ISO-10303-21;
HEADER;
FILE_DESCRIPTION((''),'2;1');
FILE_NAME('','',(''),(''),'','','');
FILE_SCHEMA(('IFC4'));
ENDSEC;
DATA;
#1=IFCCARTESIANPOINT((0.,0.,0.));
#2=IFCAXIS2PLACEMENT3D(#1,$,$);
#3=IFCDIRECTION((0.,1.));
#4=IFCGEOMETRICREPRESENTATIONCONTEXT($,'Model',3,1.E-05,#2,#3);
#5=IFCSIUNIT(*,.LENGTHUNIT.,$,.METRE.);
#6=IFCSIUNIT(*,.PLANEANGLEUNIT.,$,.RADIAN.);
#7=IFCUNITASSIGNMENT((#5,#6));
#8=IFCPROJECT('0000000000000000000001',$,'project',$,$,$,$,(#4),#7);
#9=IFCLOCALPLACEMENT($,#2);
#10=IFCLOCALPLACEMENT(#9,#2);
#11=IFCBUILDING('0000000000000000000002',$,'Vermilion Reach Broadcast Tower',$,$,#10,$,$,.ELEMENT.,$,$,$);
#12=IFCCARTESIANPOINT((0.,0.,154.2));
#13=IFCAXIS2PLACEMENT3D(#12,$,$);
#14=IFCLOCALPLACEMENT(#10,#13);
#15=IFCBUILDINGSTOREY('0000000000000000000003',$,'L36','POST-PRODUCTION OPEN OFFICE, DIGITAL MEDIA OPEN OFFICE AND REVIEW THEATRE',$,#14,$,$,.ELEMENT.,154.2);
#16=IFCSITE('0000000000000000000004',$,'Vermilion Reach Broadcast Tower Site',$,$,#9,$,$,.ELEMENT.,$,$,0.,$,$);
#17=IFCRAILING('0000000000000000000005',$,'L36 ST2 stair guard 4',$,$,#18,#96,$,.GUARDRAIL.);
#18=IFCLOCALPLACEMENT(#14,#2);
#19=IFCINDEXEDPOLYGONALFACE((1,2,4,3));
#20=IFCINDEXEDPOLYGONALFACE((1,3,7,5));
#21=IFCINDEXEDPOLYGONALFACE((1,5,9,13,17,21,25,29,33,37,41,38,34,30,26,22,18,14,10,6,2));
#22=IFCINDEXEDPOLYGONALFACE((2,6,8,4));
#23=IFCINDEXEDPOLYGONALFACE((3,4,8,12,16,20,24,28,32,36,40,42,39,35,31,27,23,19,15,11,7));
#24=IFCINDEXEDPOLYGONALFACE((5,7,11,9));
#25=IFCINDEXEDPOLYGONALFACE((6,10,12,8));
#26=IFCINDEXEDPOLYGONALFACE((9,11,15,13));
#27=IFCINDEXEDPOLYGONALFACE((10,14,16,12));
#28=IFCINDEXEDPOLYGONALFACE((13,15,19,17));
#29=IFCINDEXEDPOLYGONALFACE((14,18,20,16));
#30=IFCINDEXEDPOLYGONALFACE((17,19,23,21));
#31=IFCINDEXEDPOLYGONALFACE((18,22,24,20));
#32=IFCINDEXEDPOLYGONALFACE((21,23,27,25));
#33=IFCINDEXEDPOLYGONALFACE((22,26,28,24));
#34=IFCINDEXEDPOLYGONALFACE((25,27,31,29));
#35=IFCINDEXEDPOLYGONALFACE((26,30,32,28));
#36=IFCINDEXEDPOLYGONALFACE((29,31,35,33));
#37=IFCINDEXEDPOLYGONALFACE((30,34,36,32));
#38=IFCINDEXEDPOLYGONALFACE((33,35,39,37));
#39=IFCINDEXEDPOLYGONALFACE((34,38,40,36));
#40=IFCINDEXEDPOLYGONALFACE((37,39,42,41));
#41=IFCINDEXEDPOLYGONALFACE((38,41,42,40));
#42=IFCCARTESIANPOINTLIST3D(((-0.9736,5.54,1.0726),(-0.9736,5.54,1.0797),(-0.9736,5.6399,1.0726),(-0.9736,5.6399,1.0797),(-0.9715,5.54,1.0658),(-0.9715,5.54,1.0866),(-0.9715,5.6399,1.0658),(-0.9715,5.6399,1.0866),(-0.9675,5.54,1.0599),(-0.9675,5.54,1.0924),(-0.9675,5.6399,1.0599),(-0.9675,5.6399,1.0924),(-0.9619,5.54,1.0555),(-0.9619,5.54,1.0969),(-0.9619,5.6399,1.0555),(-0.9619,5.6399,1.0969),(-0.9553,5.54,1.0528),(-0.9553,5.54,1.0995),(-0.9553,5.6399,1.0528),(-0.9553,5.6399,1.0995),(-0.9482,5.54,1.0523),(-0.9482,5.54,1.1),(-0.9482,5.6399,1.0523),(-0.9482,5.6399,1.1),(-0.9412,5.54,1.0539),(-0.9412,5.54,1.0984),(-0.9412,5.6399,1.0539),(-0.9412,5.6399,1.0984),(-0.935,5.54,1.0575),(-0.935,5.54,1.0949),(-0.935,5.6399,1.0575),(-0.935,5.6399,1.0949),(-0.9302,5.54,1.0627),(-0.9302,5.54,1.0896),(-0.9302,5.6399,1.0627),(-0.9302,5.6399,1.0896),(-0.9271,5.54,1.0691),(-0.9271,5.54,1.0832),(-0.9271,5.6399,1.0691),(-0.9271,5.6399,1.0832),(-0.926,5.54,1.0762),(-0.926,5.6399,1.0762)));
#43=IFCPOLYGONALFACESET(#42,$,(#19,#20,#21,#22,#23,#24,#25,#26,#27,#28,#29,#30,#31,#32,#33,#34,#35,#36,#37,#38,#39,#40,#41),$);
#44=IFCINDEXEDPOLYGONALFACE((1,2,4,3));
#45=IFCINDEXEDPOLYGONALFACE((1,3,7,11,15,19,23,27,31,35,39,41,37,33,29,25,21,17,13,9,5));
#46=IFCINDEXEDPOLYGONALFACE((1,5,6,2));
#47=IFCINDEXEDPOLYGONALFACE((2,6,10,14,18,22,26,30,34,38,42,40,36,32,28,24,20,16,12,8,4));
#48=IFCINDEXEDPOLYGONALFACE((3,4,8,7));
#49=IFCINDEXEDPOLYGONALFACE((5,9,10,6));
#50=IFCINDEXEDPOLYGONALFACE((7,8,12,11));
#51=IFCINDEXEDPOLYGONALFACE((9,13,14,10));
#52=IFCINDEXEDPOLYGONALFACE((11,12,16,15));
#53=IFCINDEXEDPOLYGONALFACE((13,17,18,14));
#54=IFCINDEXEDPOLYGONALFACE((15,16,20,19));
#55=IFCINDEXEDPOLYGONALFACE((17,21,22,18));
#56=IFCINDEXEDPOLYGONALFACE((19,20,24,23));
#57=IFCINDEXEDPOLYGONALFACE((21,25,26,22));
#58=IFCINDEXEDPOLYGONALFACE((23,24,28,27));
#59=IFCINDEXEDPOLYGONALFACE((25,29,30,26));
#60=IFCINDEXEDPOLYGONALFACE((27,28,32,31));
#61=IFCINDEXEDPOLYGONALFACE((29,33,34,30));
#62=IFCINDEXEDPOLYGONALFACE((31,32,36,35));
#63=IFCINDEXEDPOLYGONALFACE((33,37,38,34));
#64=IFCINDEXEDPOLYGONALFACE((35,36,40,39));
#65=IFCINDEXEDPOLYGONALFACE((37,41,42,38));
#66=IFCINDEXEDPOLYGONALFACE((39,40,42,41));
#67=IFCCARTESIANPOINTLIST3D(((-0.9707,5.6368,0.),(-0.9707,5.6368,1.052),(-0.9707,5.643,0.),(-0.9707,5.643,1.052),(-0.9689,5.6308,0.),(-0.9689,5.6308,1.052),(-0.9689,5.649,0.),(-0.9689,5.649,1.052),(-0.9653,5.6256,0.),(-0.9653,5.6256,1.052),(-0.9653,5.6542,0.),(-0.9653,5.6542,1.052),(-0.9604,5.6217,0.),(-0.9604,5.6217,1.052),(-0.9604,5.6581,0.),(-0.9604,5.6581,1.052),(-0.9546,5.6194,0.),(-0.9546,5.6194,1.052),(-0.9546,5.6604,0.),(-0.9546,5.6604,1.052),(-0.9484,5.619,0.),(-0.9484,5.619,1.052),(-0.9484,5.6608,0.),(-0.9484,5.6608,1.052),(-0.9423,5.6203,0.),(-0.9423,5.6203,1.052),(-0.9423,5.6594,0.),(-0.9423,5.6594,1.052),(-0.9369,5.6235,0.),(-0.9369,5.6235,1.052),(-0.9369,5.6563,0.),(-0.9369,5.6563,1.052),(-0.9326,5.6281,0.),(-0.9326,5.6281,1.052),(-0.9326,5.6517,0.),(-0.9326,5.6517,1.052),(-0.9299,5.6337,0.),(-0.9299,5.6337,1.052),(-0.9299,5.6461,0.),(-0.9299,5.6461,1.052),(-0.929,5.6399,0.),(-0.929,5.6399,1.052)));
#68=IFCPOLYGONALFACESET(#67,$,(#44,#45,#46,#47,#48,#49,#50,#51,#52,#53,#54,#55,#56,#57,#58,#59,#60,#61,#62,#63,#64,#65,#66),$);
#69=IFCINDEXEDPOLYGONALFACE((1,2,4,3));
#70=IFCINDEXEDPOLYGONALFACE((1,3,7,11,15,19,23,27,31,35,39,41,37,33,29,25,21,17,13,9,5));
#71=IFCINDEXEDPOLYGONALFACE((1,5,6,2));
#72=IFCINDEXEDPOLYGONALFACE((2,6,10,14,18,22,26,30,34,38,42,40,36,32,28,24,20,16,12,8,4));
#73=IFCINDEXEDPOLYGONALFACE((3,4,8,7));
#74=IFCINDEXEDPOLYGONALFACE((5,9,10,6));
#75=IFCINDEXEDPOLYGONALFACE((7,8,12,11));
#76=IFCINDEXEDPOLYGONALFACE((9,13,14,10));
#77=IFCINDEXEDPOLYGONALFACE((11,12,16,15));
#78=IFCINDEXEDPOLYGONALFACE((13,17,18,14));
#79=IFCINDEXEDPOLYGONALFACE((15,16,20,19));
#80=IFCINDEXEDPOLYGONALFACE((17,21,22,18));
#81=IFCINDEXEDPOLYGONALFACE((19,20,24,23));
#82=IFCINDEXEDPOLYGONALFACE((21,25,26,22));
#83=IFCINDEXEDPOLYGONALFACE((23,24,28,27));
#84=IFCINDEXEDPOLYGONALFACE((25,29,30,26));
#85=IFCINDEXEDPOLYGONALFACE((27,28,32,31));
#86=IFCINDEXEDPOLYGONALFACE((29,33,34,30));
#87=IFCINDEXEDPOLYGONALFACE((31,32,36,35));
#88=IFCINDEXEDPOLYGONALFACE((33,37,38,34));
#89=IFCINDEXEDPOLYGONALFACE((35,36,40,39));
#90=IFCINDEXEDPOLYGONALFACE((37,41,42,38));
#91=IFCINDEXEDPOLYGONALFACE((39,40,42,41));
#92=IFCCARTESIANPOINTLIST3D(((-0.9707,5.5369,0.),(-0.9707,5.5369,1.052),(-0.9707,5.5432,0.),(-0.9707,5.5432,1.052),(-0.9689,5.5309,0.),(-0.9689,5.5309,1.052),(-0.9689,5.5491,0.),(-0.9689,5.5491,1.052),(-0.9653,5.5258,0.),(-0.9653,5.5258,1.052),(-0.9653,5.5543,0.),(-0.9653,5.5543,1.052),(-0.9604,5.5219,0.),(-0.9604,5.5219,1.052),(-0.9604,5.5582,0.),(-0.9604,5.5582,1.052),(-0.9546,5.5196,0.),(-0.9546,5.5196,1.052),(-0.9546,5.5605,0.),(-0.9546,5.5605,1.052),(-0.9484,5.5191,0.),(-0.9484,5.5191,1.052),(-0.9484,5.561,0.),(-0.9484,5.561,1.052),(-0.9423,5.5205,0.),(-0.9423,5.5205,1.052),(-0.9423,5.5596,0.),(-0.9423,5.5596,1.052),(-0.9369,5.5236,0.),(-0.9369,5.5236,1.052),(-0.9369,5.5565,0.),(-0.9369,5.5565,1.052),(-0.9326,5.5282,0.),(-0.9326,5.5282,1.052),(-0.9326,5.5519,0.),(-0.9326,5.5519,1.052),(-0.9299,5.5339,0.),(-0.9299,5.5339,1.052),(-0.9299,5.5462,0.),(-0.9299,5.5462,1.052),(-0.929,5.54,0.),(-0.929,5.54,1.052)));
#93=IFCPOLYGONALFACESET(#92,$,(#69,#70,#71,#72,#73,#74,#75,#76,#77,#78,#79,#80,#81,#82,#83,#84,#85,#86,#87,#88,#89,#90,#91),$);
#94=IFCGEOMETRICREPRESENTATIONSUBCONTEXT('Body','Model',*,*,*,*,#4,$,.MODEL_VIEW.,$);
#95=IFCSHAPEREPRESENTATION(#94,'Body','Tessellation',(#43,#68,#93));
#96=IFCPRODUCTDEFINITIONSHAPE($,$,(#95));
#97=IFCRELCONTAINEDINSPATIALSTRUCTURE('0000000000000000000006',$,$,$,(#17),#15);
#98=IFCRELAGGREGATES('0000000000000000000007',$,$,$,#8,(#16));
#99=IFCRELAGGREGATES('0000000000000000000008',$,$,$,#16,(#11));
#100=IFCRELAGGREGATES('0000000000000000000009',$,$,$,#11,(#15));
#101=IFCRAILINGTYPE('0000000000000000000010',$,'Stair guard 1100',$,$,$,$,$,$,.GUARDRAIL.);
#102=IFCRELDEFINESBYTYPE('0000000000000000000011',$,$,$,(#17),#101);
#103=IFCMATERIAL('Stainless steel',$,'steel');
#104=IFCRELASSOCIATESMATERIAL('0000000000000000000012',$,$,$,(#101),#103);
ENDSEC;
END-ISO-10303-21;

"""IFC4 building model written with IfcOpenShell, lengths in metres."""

from ifc_helpers import new_model, si_unit, direction, frame, origin, origin_2d, place, context, subcontext, project, spatial, circle, extrude, material, type_object, element, save


model = new_model("IFC4")

# Units and contexts
model_context = context("Model", 3, precision=1e-05, world=origin(), true_north=direction((0.0, 1.0)))
body_context = subcontext(model_context, "Body", "Model", "MODEL_VIEW")
ifc_project = project(units=[si_unit("LENGTHUNIT", "METRE"), si_unit("PLANEANGLEUNIT", "RADIAN")], contexts=[model_context])

# Site, building, storey
site_placement = place(None, origin())
site = spatial("IfcSite", under=ifc_project, at=site_placement, Name="Vermilion Reach Broadcast Tower Site", CompositionType="ELEMENT", RefElevation=0.0)
building_placement = place(site_placement, origin())
building = spatial("IfcBuilding", under=site, at=building_placement, Name="Vermilion Reach Broadcast Tower", CompositionType="ELEMENT")
storey_placement = place(building_placement, frame((0.0, 0.0, 154.2)))
storey = spatial("IfcBuildingStorey", under=building, at=storey_placement, Name="L36", Description="POST-PRODUCTION OPEN OFFICE, DIGITAL MEDIA OPEN OFFICE AND REVIEW THEATRE", CompositionType="ELEMENT", Elevation=154.2)

# Railing
ifc_material_1 = material(Name="Stainless steel", Category="steel")
railing_type_1 = type_object("IfcRailingType", Name="Stair guard 1100", PredefinedType="GUARDRAIL", material=ifc_material_1)
railing_1_placement = place(storey_placement, frame((-0.95, 5.6399, 0.0)))
element("IfcRailing", 1, at=railing_1_placement, inside=storey, type_object=railing_type_1, Name="L36 ST2 stair guard 4", PredefinedType="GUARDRAIL", context=body_context, shape_type="SweptSolid", body=[
    extrude(circle(Radius=0.0239, at=origin_2d()), frame((0.0, 0.0, 1.0762), z_axis=(0.0, -1.0, 0.0), x_axis=(1.0, 0.0, 0.0)), (0.0, 0.0, 1.0), 0.0999),
    extrude(circle(Radius=0.021, at=origin_2d()), origin(), (0.0, 0.0, 1.0), 1.052),
    extrude(circle(Radius=0.021, at=origin_2d()), frame((0.0, -0.0999, 0.0)), (0.0, 0.0, 1.0), 1.052),
])

save(model, "model.ifc")
